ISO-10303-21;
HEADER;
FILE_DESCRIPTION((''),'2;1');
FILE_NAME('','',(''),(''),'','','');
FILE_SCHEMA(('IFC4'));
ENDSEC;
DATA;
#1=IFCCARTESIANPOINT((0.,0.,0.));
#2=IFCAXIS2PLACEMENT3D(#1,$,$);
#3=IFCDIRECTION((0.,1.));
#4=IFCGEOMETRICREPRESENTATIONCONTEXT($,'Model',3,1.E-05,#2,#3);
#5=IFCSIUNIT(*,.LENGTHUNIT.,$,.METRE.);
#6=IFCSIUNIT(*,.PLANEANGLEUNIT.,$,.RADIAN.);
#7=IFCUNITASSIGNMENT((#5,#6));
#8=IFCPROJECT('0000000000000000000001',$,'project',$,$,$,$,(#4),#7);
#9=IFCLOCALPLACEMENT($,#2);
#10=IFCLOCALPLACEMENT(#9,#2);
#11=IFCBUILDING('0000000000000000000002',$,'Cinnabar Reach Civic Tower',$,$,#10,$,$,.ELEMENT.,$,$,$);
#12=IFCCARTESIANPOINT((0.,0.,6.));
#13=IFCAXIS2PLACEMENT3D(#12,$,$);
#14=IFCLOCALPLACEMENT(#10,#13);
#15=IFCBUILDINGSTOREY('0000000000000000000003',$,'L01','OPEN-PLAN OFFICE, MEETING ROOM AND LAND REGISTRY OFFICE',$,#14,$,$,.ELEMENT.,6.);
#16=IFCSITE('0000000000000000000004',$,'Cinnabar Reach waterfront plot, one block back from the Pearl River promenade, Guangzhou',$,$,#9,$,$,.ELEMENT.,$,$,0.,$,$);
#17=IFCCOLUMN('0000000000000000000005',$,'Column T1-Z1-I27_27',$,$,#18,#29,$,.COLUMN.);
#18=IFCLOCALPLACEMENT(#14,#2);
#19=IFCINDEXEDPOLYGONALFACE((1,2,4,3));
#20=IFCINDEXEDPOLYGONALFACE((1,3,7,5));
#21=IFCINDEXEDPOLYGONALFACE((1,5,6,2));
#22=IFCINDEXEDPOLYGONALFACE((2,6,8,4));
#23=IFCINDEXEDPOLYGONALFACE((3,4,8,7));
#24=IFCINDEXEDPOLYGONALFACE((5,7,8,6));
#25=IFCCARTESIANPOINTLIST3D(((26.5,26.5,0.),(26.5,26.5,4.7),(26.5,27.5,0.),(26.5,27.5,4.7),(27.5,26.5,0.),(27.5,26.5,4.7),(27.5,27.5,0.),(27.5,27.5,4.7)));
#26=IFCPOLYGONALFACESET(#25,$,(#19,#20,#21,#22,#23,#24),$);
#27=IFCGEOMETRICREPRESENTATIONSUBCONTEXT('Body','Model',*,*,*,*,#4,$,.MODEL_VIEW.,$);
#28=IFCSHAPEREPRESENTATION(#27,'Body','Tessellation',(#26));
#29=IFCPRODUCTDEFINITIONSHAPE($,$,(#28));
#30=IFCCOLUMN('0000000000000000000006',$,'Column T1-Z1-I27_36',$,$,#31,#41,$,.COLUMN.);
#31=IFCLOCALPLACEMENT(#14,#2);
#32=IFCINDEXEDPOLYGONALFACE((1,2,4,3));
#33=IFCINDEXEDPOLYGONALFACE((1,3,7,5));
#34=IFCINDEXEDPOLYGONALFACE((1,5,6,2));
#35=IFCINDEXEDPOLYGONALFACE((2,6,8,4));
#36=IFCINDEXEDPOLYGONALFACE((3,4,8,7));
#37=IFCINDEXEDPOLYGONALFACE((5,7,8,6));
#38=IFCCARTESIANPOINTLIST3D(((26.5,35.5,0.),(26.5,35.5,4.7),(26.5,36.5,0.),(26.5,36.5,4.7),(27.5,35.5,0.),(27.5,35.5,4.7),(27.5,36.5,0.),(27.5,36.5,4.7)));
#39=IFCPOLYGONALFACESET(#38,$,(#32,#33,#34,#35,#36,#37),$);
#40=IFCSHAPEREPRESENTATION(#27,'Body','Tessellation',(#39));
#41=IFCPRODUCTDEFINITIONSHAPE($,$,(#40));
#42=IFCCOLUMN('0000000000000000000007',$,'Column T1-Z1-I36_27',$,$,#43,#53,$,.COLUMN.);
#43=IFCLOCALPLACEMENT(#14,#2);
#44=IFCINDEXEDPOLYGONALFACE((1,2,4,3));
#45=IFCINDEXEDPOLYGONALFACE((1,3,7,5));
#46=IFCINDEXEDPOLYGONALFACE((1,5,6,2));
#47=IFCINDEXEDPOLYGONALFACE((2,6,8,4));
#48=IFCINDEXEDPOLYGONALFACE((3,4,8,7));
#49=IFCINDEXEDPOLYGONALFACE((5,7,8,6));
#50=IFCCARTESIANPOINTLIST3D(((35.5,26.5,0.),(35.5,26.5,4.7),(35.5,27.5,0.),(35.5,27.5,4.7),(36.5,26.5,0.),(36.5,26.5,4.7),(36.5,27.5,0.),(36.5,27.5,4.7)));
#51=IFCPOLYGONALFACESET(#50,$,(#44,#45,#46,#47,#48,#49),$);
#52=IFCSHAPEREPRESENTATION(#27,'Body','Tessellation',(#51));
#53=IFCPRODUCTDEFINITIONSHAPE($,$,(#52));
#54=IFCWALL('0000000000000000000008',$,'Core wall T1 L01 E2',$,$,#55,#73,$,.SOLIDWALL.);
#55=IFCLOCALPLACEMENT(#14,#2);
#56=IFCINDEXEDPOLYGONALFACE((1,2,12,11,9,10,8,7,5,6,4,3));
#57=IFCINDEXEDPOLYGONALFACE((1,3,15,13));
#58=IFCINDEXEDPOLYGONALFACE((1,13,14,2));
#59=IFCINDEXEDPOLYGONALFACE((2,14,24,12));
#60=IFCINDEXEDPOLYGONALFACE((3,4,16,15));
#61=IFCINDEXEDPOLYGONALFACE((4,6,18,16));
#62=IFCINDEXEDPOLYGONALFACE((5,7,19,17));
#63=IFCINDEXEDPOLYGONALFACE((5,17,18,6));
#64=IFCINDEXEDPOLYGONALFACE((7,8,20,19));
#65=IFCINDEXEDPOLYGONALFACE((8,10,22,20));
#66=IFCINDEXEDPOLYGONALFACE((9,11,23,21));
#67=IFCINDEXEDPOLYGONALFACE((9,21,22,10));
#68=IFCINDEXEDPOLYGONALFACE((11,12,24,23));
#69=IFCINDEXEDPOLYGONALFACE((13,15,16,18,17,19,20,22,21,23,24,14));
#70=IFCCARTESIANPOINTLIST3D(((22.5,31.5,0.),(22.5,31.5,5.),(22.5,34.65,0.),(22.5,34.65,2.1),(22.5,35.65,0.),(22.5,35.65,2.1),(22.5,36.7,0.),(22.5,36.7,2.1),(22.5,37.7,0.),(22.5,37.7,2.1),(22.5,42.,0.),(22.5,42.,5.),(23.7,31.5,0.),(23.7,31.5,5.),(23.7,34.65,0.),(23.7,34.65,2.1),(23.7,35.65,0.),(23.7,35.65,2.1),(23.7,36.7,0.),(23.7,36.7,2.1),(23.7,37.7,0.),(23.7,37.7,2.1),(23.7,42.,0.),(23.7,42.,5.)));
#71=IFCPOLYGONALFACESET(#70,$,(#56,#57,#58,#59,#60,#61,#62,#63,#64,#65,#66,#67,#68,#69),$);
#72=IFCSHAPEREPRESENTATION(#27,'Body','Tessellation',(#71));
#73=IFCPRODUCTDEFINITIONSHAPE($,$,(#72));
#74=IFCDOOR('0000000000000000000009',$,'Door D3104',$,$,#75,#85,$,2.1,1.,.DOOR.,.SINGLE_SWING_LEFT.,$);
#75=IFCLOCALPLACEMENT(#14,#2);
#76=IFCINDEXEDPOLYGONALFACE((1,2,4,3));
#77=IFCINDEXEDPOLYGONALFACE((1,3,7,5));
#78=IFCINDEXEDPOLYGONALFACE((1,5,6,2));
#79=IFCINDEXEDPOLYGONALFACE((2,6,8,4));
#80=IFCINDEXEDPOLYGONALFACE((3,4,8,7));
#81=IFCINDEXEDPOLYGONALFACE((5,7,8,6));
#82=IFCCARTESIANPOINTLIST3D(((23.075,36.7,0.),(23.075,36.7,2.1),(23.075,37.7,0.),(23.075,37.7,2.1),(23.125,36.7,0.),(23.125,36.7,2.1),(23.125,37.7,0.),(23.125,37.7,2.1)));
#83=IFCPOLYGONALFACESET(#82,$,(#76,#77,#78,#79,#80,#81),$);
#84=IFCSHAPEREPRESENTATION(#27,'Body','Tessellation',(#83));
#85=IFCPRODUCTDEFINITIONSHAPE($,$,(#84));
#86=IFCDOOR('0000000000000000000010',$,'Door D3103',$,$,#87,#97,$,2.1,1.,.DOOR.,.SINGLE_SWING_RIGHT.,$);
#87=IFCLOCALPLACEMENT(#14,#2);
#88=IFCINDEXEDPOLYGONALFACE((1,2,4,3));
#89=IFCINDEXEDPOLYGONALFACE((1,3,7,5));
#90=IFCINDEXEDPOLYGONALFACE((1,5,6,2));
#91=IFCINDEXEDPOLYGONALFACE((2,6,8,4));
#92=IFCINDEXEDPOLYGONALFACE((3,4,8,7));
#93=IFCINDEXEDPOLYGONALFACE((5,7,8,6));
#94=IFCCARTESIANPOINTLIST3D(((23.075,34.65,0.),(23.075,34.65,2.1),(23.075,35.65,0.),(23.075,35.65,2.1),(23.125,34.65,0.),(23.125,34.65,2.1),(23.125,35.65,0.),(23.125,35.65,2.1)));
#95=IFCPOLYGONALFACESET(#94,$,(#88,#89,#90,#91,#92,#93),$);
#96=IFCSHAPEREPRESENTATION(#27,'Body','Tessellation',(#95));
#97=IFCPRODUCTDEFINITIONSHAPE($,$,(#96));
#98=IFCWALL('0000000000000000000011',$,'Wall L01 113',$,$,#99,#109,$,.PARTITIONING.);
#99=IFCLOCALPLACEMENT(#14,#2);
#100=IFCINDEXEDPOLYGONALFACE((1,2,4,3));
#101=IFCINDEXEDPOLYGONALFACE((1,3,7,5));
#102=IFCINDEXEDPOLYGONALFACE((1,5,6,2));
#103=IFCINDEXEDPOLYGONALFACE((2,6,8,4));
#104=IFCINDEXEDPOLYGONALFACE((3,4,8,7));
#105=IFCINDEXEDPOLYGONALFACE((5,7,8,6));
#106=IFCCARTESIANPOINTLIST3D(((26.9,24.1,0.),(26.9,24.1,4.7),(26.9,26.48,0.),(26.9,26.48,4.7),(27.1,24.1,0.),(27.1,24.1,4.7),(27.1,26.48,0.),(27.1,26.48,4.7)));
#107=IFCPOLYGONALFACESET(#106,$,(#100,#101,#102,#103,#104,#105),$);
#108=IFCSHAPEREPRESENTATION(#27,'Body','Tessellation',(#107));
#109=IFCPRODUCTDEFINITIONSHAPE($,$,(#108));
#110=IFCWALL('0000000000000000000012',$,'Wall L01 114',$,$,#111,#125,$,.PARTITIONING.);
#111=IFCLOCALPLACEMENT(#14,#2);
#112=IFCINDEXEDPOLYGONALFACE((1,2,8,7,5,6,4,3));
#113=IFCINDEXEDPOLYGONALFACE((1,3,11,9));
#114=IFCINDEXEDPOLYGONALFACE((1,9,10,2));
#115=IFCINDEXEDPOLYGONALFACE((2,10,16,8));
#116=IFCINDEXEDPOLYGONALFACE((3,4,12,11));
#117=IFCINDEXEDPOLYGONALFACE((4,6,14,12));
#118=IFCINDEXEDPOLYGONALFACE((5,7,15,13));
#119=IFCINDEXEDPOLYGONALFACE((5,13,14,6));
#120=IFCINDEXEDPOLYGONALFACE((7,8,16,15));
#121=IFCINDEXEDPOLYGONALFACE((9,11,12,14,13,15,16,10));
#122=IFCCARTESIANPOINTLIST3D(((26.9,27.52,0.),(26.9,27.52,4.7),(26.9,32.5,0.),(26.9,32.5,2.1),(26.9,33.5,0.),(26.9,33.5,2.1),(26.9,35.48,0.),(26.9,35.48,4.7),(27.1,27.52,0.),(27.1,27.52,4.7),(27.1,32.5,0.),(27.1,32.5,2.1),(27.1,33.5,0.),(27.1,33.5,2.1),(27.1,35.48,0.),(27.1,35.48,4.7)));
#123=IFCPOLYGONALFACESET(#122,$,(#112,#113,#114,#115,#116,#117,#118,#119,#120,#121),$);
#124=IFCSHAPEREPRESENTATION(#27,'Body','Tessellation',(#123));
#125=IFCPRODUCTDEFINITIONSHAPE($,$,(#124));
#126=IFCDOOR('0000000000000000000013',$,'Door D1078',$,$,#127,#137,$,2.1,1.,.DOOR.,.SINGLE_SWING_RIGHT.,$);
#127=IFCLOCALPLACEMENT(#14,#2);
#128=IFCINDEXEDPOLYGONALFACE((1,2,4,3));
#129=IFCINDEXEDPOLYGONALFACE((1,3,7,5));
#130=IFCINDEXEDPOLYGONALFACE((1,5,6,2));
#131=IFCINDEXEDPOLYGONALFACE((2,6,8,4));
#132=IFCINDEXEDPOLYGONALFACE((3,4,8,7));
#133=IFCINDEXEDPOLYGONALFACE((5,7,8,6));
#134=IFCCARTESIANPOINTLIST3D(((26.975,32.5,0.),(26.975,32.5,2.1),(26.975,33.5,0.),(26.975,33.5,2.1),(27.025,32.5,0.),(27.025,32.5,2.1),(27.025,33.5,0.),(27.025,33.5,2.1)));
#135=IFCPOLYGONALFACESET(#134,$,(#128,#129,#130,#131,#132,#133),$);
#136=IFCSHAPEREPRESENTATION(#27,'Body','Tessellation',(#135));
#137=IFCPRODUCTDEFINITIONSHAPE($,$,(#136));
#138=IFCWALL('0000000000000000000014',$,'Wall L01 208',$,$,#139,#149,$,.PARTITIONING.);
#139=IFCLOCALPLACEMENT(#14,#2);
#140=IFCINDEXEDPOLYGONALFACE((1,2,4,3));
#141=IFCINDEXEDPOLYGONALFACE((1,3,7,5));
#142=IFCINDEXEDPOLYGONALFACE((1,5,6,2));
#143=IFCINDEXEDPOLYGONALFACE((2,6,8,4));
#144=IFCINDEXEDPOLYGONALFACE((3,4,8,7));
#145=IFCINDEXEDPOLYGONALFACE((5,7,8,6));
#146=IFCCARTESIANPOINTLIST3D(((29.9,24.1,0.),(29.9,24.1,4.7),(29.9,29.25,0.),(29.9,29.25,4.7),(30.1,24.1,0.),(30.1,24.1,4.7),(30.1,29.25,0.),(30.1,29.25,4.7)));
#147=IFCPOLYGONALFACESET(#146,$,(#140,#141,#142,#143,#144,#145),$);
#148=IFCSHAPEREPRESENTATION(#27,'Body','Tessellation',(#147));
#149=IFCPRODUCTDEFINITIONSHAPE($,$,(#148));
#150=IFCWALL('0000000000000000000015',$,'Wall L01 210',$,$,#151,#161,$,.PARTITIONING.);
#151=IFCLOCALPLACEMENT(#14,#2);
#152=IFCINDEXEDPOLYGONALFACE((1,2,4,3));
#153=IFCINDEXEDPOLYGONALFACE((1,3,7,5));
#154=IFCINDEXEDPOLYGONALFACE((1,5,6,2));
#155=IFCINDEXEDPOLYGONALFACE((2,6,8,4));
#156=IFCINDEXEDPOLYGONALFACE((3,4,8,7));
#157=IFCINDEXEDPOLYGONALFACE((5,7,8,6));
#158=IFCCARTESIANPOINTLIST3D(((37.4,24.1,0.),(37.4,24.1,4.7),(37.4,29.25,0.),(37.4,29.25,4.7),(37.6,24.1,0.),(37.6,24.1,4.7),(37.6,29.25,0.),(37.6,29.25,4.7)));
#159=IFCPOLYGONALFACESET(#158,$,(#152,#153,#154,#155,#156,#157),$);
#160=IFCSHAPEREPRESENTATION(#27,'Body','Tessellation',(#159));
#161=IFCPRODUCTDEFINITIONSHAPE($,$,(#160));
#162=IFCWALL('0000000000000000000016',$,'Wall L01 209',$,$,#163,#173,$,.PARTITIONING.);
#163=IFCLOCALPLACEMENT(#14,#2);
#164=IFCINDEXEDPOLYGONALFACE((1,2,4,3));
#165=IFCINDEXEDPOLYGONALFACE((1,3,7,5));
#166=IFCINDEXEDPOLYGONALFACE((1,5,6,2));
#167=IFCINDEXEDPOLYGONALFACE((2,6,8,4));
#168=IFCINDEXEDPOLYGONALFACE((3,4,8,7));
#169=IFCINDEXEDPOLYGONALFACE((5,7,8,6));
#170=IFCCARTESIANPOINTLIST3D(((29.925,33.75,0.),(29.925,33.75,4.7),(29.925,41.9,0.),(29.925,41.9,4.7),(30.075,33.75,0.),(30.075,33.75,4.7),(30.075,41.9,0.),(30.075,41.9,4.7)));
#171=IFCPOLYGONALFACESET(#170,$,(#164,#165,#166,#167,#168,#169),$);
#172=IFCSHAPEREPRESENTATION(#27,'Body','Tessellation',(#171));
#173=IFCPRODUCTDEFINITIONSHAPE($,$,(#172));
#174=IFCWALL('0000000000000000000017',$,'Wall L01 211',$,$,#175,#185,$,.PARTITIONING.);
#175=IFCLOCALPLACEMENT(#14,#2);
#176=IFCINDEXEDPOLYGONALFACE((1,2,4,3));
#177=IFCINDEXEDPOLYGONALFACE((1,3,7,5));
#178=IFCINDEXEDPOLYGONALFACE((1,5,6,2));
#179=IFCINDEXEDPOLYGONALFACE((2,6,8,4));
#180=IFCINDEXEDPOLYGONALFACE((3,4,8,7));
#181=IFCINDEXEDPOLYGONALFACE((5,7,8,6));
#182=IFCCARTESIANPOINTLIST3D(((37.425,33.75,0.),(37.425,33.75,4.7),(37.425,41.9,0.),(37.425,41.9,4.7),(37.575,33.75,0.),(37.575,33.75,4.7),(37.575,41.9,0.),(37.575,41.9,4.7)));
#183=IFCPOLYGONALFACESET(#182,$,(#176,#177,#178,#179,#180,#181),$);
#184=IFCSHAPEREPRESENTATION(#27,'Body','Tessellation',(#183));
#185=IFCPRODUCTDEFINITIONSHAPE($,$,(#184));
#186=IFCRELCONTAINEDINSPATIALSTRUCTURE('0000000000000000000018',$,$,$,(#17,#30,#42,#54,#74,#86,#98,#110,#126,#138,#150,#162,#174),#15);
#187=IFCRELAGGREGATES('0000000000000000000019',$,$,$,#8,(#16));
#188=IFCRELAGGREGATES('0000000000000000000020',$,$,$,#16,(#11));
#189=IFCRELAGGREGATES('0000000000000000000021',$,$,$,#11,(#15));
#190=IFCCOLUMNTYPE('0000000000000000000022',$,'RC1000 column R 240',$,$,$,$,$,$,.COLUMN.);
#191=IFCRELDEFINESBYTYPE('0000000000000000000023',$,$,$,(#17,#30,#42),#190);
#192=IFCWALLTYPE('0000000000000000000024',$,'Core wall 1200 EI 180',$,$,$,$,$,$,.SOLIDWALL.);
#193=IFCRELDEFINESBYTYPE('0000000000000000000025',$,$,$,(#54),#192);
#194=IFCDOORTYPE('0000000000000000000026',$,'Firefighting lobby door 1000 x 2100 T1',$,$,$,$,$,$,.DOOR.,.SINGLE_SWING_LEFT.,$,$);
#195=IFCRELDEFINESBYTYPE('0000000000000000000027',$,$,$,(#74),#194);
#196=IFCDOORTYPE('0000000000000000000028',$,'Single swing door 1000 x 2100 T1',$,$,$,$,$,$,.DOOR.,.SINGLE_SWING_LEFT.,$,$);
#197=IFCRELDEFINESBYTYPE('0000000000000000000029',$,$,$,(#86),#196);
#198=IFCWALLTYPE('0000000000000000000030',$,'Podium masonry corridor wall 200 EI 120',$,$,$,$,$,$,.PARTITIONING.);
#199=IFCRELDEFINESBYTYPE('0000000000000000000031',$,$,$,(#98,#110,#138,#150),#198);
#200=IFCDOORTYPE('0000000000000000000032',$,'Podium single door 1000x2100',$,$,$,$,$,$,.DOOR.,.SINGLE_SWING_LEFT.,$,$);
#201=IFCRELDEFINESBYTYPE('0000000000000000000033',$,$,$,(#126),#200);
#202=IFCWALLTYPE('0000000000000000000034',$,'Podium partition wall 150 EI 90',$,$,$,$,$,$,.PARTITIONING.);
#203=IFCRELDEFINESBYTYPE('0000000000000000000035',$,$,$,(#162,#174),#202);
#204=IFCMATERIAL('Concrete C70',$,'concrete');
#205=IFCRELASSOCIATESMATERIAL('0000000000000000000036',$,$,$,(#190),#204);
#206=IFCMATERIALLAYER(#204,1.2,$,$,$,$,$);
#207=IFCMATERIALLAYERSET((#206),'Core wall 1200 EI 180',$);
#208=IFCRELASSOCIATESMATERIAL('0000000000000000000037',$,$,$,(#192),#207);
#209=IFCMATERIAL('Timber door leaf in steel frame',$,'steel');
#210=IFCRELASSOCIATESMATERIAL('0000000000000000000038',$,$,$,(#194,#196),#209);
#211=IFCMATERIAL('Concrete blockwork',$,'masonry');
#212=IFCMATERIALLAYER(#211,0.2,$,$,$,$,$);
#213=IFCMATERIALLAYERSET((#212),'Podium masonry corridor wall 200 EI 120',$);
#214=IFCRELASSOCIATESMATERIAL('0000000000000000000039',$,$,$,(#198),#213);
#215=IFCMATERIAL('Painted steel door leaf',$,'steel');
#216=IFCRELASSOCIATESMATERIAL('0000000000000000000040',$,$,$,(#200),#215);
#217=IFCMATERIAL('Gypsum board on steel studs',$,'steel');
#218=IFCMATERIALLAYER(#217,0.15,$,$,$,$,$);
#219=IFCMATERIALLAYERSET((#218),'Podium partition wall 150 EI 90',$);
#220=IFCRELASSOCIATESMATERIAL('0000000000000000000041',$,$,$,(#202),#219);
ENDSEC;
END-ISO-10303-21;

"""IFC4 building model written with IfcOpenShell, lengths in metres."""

from ifc_helpers import new_model, si_unit, direction, frame, frame_2d, origin, origin_2d, place, context, subcontext, project, spatial, rectangle, extrude, material, layer, layer_set, material_profile, profile_set, type_object, element, fill, save


model = new_model("IFC4")

# Units and contexts
model_context = context("Model", 3, precision=1e-05, world=origin(), true_north=direction((0.0, 1.0)))
body_context = subcontext(model_context, "Body", "Model", "MODEL_VIEW")
ifc_project = project(units=[si_unit("LENGTHUNIT", "METRE"), si_unit("PLANEANGLEUNIT", "RADIAN")], contexts=[model_context])

# Site, building, storey
site_placement = place(None, origin())
site = spatial("IfcSite", under=ifc_project, at=site_placement, Name="Cinnabar Reach waterfront plot, one block back from the Pearl River promenade, Guangzhou", CompositionType="ELEMENT", RefElevation=0.0)
building_placement = place(site_placement, origin())
building = spatial("IfcBuilding", under=site, at=building_placement, Name="Cinnabar Reach Civic Tower", CompositionType="ELEMENT")
storey_placement = place(building_placement, frame((0.0, 0.0, 6.0)))
storey = spatial("IfcBuildingStorey", under=building, at=storey_placement, Name="L01", Description="OPEN-PLAN OFFICE, MEETING ROOM AND LAND REGISTRY OFFICE", CompositionType="ELEMENT", Elevation=6.0)

# Columns
ifc_material_1 = material(Name="Concrete C70", Category="concrete")
ifc_material_profile = material_profile(ifc_material_1, rectangle(XDim=1.0, YDim=1.0, at=origin_2d()), Name="RC1000")
ifc_profile_set = profile_set([ifc_material_profile], Name="Concrete C70")
column_type = type_object("IfcColumnType", Name="RC1000 column R 240", PredefinedType="COLUMN", material=ifc_profile_set)
for number, where, z_axis, x_axis, name in (
    (1, (27.0, 27.0, 0.0), (0.0, 0.0, 1.0), (1.0, 0.0, 0.0), "Column T1-Z1-I27_27"),
    (2, (27.0, 36.0, 0.0), (0.0, 0.0, 1.0), (1.0, 0.0, 0.0), "Column T1-Z1-I27_36"),
    (3, (36.0, 27.0, 0.0), (0.0, 0.0, 1.0), (1.0, 0.0, 0.0), "Column T1-Z1-I36_27"),
):
    element("IfcColumn", number, at=place(storey_placement, frame(where, z_axis=z_axis, x_axis=x_axis)), inside=storey, type_object=column_type, Name=name, PredefinedType="COLUMN", context=body_context, shape_type="SweptSolid", body=[
        extrude(rectangle(XDim=1.0, YDim=1.0, at=origin_2d()), origin(), (0.0, 0.0, 1.0), 4.7),
    ])

# Wall, openings, doors
ifc_layer_1 = layer(ifc_material_1, 1.2)
ifc_layer_set_1 = layer_set([ifc_layer_1], Name="Core wall 1200 EI 180")
wall_type_1 = type_object("IfcWallType", Name="Core wall 1200 EI 180", PredefinedType="SOLIDWALL", material=ifc_layer_set_1)
wall_1_placement = place(storey_placement, frame((23.1, 31.5, 0.0), z_axis=(0.0, 0.0, 1.0), x_axis=(0.0, 1.0, 0.0)))
wall_1 = element("IfcWall", 4, at=wall_1_placement, inside=storey, type_object=wall_type_1, Name="Core wall T1 L01 E2", PredefinedType="SOLIDWALL", context=body_context, shape_type="SweptSolid", body=[
    extrude(rectangle(XDim=10.5, YDim=1.2, at=frame_2d((5.25, 0.0))), origin(), (0.0, 0.0, 1.0), 5.0),
])
opening_1_placement = place(wall_1_placement, frame((3.15, 0.0, 0.0)))
opening_1 = element("IfcOpeningElement", 5, at=opening_1_placement, cuts=wall_1, PredefinedType="OPENING", context=body_context, shape_type="SweptSolid", body=[
    extrude(rectangle(XDim=1.0, YDim=2.1, at=frame_2d((0.5, 1.05))), frame((0.0, 0.61, 0.0), z_axis=(0.0, -1.0, 0.0), x_axis=(1.0, 0.0, 0.0)), (0.0, 0.0, 1.0), 1.22),
])
opening_2_placement = place(wall_1_placement, frame((5.2, 0.0, 0.0)))
opening_2 = element("IfcOpeningElement", 6, at=opening_2_placement, cuts=wall_1, PredefinedType="OPENING", context=body_context, shape_type="SweptSolid", body=[
    extrude(rectangle(XDim=1.0, YDim=2.1, at=frame_2d((0.5, 1.05))), frame((0.0, 0.61, 0.0), z_axis=(0.0, -1.0, 0.0), x_axis=(1.0, 0.0, 0.0)), (0.0, 0.0, 1.0), 1.22),
])
ifc_material_2 = material(Name="Timber door leaf in steel frame", Category="steel")
door_type_1 = type_object("IfcDoorType", Name="Firefighting lobby door 1000 x 2100 T1", OperationType="SINGLE_SWING_LEFT", PredefinedType="DOOR", material=ifc_material_2)
door_1_placement = place(opening_2_placement, frame((1.0, 0.0, 0.0), z_axis=(0.0, 0.0, 1.0), x_axis=(-1.0, 0.0, 0.0)))
door_1 = element("IfcDoor", 7, at=door_1_placement, inside=storey, type_object=door_type_1, Name="Door D3104", OperationType="SINGLE_SWING_LEFT", OverallHeight=2.1, OverallWidth=1.0, PredefinedType="DOOR", context=body_context, shape_type="SweptSolid", body=[
    extrude(rectangle(XDim=1.0, YDim=2.1, at=frame_2d((0.5, 1.05))), frame((0.0, 0.025, 0.0), z_axis=(0.0, -1.0, 0.0), x_axis=(1.0, 0.0, 0.0)), (0.0, 0.0, 1.0), 0.05),
])
fill(opening_2, door_1)
door_type_2 = type_object("IfcDoorType", Name="Single swing door 1000 x 2100 T1", OperationType="SINGLE_SWING_LEFT", PredefinedType="DOOR", material=ifc_material_2)
door_2_placement = place(opening_1_placement, frame((1.0, 0.0, 0.0), z_axis=(0.0, 0.0, 1.0), x_axis=(-1.0, 0.0, 0.0)))
door_2 = element("IfcDoor", 8, at=door_2_placement, inside=storey, type_object=door_type_2, Name="Door D3103", OperationType="SINGLE_SWING_RIGHT", OverallHeight=2.1, OverallWidth=1.0, PredefinedType="DOOR", context=body_context, shape_type="SweptSolid", body=[
    extrude(rectangle(XDim=1.0, YDim=2.1, at=frame_2d((0.5, 1.05))), frame((0.0, 0.025, 0.0), z_axis=(0.0, -1.0, 0.0), x_axis=(1.0, 0.0, 0.0)), (0.0, 0.0, 1.0), 0.05),
])
fill(opening_1, door_2)

# Wall
ifc_material_3 = material(Name="Concrete blockwork", Category="masonry")
ifc_layer_2 = layer(ifc_material_3, 0.2)
ifc_layer_set_2 = layer_set([ifc_layer_2], Name="Podium masonry corridor wall 200 EI 120")
wall_type_2 = type_object("IfcWallType", Name="Podium masonry corridor wall 200 EI 120", PredefinedType="PARTITIONING", material=ifc_layer_set_2)
wall_2_placement = place(storey_placement, frame((27.0, 24.1, 0.0), z_axis=(0.0, 0.0, 1.0), x_axis=(0.0, 1.0, 0.0)))
element("IfcWall", 9, at=wall_2_placement, inside=storey, type_object=wall_type_2, Name="Wall L01 113", PredefinedType="PARTITIONING", context=body_context, shape_type="SweptSolid", body=[
    extrude(rectangle(XDim=2.38, YDim=0.2, at=frame_2d((1.19, 0.0))), origin(), (0.0, 0.0, 1.0), 4.7),
])

# Wall, opening, door
wall_3_placement = place(storey_placement, frame((27.0, 27.52, 0.0), z_axis=(0.0, 0.0, 1.0), x_axis=(0.0, 1.0, 0.0)))
wall_3 = element("IfcWall", 10, at=wall_3_placement, inside=storey, type_object=wall_type_2, Name="Wall L01 114", PredefinedType="PARTITIONING", context=body_context, shape_type="SweptSolid", body=[
    extrude(rectangle(XDim=7.96, YDim=0.2, at=frame_2d((3.98, 0.0))), origin(), (0.0, 0.0, 1.0), 4.7),
])
opening_3_placement = place(wall_3_placement, frame((4.98, 0.0, 0.0)))
opening_3 = element("IfcOpeningElement", 11, at=opening_3_placement, cuts=wall_3, PredefinedType="OPENING", context=body_context, shape_type="SweptSolid", body=[
    extrude(rectangle(XDim=1.0, YDim=2.1, at=frame_2d((0.5, 1.05))), frame((0.0, 0.11, 0.0), z_axis=(0.0, -1.0, 0.0), x_axis=(1.0, 0.0, 0.0)), (0.0, 0.0, 1.0), 0.22),
])
ifc_material_4 = material(Name="Painted steel door leaf", Category="steel")
door_type_3 = type_object("IfcDoorType", Name="Podium single door 1000x2100", OperationType="SINGLE_SWING_LEFT", PredefinedType="DOOR", material=ifc_material_4)
door_3_placement = place(opening_3_placement, frame((1.0, 0.0, 0.0), z_axis=(0.0, 0.0, 1.0), x_axis=(-1.0, 0.0, 0.0)))
door_3 = element("IfcDoor", 12, at=door_3_placement, inside=storey, type_object=door_type_3, Name="Door D1078", OperationType="SINGLE_SWING_RIGHT", OverallHeight=2.1, OverallWidth=1.0, PredefinedType="DOOR", context=body_context, shape_type="SweptSolid", body=[
    extrude(rectangle(XDim=1.0, YDim=2.1, at=frame_2d((0.5, 1.05))), frame((0.0, 0.025, 0.0), z_axis=(0.0, -1.0, 0.0), x_axis=(1.0, 0.0, 0.0)), (0.0, 0.0, 1.0), 0.05),
])
fill(opening_3, door_3)

# Walls
for number, where, z_axis, x_axis, name in (
    (13, (30.0, 24.1, 0.0), (0.0, 0.0, 1.0), (0.0, 1.0, 0.0), "Wall L01 208"),
    (14, (37.5, 24.1, 0.0), (0.0, 0.0, 1.0), (0.0, 1.0, 0.0), "Wall L01 210"),
):
    element("IfcWall", number, at=place(storey_placement, frame(where, z_axis=z_axis, x_axis=x_axis)), inside=storey, type_object=wall_type_2, Name=name, PredefinedType="PARTITIONING", context=body_context, shape_type="SweptSolid", body=[
        extrude(rectangle(XDim=5.15, YDim=0.2, at=frame_2d((2.575, 0.0))), origin(), (0.0, 0.0, 1.0), 4.7),
    ])
ifc_material_5 = material(Name="Gypsum board on steel studs", Category="steel")
ifc_layer_3 = layer(ifc_material_5, 0.15)
ifc_layer_set_3 = layer_set([ifc_layer_3], Name="Podium partition wall 150 EI 90")
wall_type_3 = type_object("IfcWallType", Name="Podium partition wall 150 EI 90", PredefinedType="PARTITIONING", material=ifc_layer_set_3)
for number, where, z_axis, x_axis, name in (
    (15, (30.0, 33.75, 0.0), (0.0, 0.0, 1.0), (0.0, 1.0, 0.0), "Wall L01 209"),
    (16, (37.5, 33.75, 0.0), (0.0, 0.0, 1.0), (0.0, 1.0, 0.0), "Wall L01 211"),
):
    element("IfcWall", number, at=place(storey_placement, frame(where, z_axis=z_axis, x_axis=x_axis)), inside=storey, type_object=wall_type_3, Name=name, PredefinedType="PARTITIONING", context=body_context, shape_type="SweptSolid", body=[
        extrude(rectangle(XDim=8.15, YDim=0.15, at=frame_2d((4.075, 0.0))), origin(), (0.0, 0.0, 1.0), 4.7),
    ])

save(model, "model.ifc")
